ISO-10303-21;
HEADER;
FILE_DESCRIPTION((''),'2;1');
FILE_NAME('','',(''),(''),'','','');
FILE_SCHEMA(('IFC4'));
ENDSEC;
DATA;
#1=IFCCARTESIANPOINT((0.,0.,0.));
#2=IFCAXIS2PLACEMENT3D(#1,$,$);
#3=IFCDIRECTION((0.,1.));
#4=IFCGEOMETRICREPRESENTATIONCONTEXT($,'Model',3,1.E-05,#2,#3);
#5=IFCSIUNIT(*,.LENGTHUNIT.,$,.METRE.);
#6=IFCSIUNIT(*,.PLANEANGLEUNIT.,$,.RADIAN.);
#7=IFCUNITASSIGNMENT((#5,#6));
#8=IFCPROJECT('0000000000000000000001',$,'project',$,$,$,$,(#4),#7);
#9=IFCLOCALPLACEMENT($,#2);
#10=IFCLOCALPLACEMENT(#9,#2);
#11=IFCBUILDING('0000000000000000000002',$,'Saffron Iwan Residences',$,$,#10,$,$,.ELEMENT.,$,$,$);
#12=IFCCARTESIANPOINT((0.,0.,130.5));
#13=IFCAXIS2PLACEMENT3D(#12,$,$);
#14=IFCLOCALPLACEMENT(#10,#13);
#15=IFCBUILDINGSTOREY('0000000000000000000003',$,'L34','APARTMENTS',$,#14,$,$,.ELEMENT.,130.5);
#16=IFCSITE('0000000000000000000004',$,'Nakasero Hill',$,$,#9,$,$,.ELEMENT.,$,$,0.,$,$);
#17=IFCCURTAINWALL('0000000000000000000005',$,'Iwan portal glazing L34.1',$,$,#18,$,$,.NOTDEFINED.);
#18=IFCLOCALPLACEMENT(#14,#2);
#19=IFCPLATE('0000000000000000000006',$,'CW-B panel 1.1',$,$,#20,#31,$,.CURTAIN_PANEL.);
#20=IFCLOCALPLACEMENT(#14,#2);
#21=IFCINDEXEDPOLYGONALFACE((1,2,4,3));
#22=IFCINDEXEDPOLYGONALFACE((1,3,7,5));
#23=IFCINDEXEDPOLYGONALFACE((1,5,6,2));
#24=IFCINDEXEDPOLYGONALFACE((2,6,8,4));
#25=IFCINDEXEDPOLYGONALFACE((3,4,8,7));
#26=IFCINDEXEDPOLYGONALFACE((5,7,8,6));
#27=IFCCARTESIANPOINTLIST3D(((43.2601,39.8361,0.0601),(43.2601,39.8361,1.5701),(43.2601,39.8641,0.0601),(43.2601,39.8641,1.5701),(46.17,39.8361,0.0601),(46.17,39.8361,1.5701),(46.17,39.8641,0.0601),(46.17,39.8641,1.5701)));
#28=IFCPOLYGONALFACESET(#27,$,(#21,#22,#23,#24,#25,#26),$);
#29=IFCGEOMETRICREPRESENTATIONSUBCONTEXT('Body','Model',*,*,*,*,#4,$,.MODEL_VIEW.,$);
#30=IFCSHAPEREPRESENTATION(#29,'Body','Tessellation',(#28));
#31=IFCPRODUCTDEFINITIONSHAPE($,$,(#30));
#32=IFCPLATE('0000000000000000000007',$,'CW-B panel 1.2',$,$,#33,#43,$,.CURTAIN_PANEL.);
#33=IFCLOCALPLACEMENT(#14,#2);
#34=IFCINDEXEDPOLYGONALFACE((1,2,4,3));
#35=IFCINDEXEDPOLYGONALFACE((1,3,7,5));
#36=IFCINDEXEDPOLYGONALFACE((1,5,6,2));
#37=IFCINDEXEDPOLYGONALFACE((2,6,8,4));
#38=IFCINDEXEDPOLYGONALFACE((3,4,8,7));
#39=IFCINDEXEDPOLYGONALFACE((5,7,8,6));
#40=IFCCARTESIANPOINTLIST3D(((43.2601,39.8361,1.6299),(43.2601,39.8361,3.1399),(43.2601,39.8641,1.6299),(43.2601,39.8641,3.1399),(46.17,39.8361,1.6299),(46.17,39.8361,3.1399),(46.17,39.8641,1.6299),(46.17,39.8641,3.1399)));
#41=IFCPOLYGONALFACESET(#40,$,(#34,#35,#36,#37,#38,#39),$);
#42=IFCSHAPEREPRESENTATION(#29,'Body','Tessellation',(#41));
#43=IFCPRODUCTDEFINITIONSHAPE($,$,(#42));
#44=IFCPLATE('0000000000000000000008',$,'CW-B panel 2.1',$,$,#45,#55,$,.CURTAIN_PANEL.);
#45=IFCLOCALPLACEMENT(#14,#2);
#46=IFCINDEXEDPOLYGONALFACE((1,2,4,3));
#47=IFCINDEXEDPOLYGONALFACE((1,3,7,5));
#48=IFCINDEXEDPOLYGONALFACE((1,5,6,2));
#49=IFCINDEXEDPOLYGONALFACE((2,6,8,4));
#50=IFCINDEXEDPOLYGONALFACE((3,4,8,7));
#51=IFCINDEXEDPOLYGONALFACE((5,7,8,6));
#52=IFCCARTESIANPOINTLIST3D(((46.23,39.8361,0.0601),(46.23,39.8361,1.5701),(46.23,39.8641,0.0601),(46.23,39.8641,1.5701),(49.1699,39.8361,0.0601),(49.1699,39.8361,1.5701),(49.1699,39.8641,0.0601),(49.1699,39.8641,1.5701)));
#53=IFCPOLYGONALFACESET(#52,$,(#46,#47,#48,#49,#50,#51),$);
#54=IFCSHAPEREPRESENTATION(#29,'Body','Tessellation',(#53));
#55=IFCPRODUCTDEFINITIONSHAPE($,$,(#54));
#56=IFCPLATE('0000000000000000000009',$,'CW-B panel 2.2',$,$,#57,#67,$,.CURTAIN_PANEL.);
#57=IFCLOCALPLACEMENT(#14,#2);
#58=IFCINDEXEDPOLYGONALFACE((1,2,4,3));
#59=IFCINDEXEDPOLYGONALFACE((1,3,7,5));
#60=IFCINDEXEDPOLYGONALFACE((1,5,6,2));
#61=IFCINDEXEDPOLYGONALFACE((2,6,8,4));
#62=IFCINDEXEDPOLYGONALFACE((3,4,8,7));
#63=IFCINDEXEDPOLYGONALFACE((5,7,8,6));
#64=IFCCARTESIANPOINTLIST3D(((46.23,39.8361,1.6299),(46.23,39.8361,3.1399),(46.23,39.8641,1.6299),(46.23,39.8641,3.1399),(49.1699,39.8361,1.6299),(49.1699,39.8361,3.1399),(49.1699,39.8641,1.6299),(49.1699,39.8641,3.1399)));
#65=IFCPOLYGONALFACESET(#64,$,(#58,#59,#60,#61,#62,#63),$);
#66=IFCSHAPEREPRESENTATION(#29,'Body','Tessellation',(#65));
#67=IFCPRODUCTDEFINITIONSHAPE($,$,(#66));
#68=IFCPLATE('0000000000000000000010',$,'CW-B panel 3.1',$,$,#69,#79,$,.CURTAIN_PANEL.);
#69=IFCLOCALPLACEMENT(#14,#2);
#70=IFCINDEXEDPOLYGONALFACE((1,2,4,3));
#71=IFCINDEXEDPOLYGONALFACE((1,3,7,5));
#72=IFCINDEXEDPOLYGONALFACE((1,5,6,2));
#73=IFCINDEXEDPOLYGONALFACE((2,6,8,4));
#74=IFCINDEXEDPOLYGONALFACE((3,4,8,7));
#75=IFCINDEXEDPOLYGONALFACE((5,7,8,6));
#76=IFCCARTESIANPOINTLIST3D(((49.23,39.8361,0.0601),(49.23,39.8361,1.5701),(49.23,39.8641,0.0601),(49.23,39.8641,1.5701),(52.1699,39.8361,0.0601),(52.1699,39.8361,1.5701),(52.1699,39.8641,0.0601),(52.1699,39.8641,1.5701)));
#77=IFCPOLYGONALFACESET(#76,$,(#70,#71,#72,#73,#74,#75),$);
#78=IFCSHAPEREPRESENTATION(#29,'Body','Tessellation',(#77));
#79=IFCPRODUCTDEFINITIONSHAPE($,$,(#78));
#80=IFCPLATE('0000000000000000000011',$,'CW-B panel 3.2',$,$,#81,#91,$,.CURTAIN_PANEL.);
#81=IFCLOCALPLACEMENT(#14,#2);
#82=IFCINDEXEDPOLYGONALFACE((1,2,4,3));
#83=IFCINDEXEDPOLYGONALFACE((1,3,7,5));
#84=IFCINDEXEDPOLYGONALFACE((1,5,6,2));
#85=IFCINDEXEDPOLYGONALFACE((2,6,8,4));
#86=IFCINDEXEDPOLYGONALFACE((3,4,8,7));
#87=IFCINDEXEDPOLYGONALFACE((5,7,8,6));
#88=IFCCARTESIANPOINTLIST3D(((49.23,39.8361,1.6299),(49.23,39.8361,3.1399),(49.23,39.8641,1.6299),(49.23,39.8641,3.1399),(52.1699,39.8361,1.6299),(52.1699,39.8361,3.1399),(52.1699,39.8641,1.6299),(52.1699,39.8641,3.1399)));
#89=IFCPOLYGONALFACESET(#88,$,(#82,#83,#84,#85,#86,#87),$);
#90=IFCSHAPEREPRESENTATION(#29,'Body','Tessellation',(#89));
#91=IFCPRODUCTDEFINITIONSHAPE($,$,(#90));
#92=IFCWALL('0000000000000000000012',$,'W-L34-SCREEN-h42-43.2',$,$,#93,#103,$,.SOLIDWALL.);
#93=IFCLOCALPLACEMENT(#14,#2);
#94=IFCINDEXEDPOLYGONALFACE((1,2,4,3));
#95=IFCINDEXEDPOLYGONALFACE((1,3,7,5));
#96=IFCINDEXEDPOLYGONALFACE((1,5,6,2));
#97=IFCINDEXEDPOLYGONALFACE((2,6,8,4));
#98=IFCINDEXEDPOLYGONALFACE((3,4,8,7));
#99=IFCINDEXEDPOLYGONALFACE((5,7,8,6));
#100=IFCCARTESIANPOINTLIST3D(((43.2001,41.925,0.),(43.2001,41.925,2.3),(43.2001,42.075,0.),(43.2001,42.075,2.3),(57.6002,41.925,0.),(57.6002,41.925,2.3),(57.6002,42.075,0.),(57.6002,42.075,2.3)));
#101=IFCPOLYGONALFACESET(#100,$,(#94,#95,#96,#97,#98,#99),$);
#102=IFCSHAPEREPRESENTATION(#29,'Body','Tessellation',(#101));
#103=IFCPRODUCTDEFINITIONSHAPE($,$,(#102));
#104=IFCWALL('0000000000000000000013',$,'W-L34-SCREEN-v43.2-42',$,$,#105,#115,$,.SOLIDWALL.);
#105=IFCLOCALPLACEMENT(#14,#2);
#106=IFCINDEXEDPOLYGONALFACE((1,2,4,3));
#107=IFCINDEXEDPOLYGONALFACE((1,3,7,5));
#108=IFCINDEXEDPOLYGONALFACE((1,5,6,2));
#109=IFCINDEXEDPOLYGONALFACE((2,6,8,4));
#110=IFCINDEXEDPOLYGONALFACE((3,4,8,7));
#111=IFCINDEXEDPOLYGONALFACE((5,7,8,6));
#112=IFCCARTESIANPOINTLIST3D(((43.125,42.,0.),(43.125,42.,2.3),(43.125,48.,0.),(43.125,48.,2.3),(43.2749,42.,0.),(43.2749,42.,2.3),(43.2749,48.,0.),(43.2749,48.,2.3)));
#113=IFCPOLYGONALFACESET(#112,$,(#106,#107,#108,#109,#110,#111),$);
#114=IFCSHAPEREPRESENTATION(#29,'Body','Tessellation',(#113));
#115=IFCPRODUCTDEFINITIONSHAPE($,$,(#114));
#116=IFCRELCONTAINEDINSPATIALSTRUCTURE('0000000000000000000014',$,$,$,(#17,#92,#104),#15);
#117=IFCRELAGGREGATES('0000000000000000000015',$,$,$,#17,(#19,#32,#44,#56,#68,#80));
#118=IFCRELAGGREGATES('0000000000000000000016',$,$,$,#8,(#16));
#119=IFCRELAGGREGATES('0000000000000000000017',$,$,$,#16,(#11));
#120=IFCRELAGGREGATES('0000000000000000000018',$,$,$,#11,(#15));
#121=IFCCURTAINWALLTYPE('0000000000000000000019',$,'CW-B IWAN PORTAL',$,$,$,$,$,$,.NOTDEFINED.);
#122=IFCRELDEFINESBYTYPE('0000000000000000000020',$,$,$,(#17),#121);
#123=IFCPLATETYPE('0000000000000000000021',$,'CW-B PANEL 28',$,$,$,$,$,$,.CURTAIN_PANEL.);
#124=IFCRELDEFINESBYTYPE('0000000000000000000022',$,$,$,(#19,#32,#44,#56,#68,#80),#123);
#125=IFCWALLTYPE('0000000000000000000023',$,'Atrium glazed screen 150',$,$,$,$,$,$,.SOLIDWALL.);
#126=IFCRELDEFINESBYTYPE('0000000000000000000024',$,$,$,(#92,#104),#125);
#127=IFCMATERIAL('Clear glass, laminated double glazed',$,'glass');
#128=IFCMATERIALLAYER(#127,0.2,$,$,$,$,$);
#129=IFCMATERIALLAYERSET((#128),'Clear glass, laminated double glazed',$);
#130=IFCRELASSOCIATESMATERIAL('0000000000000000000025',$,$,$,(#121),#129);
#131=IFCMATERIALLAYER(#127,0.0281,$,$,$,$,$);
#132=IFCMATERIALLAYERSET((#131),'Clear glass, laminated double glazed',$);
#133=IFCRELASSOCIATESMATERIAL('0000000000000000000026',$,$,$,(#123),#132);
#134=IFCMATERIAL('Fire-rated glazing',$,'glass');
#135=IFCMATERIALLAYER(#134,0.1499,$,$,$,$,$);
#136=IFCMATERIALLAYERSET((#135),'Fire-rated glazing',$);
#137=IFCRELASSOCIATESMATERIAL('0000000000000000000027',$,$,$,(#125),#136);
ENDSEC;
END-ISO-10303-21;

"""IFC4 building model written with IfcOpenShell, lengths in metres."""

from ifc_helpers import new_model, si_unit, direction, frame, frame_2d, origin, origin_2d, place, context, subcontext, project, spatial, rectangle, extrude, source, transform, mapped, material, layer, layer_set, type_object, element, aggregate, save


model = new_model("IFC4")

# Units and contexts
model_context = context("Model", 3, precision=1e-05, world=origin(), true_north=direction((0.0, 1.0)))
body_context = subcontext(model_context, "Body", "Model", "MODEL_VIEW")
ifc_project = project(units=[si_unit("LENGTHUNIT", "METRE"), si_unit("PLANEANGLEUNIT", "RADIAN")], contexts=[model_context])

# Site, building, storey
site_placement = place(None, origin())
site = spatial("IfcSite", under=ifc_project, at=site_placement, Name="Nakasero Hill", CompositionType="ELEMENT", RefElevation=0.0)
building_placement = place(site_placement, origin())
building = spatial("IfcBuilding", under=site, at=building_placement, Name="Saffron Iwan Residences", CompositionType="ELEMENT")
storey_placement = place(building_placement, frame((0.0, 0.0, 130.5)))
storey = spatial("IfcBuildingStorey", under=building, at=storey_placement, Name="L34", Description="APARTMENTS", CompositionType="ELEMENT", Elevation=130.5)

# Curtain wall, plates
ifc_material_1 = material(Name="Clear glass, laminated double glazed", Category="glass")
ifc_layer_1 = layer(ifc_material_1, 0.2)
ifc_layer_set_1 = layer_set([ifc_layer_1], Name="Clear glass, laminated double glazed")
curtain_wall_type = type_object("IfcCurtainWallType", Name="CW-B IWAN PORTAL", PredefinedType="NOTDEFINED", material=ifc_layer_set_1)
curtain_wall_placement = place(storey_placement, origin())
curtain_wall = element("IfcCurtainWall", 1, at=curtain_wall_placement, inside=storey, type_object=curtain_wall_type, Name="Iwan portal glazing L34.1", PredefinedType="NOTDEFINED")
ifc_layer_2 = layer(ifc_material_1, 0.0281)
ifc_layer_set_2 = layer_set([ifc_layer_2], Name="Clear glass, laminated double glazed")
plate_type = type_object("IfcPlateType", Name="CW-B PANEL 28", PredefinedType="CURTAIN_PANEL", material=ifc_layer_set_2)
shared_shape_1 = source(origin(), body_context, "Body", "SweptSolid", [
    extrude(rectangle(XDim=2.9099, YDim=0.0281, at=origin_2d()), origin(), (0.0, 0.0, 1.0), 1.51),
])
plate_1_placement = place(storey_placement, frame((44.7151, 39.8501, 0.0601), z_axis=(0.0, 0.0, 1.0), x_axis=(1.0, 0.0, 0.0)))
plate_1 = element("IfcPlate", 2, at=plate_1_placement, type_object=plate_type, Name="CW-B panel 1.1", PredefinedType="CURTAIN_PANEL", context=body_context, shape_type="MappedRepresentation", body=[
    mapped(shared_shape_1, transform((0.0, 0.0, 0.0))),
])
plate_2_placement = place(storey_placement, frame((44.7151, 39.8501, 1.6299), z_axis=(0.0, 0.0, 1.0), x_axis=(1.0, 0.0, 0.0)))
plate_2 = element("IfcPlate", 3, at=plate_2_placement, type_object=plate_type, Name="CW-B panel 1.2", PredefinedType="CURTAIN_PANEL", context=body_context, shape_type="MappedRepresentation", body=[
    mapped(shared_shape_1, transform((0.0, 0.0, 0.0))),
])
shared_shape_2 = source(origin(), body_context, "Body", "SweptSolid", [
    extrude(rectangle(XDim=2.9399, YDim=0.0281, at=origin_2d()), origin(), (0.0, 0.0, 1.0), 1.51),
])
plate_3_placement = place(storey_placement, frame((47.7, 39.8501, 0.0601), z_axis=(0.0, 0.0, 1.0), x_axis=(1.0, 0.0, 0.0)))
plate_3 = element("IfcPlate", 4, at=plate_3_placement, type_object=plate_type, Name="CW-B panel 2.1", PredefinedType="CURTAIN_PANEL", context=body_context, shape_type="MappedRepresentation", body=[
    mapped(shared_shape_2, transform((0.0, 0.0, 0.0))),
])
plate_4_placement = place(storey_placement, frame((47.7, 39.8501, 1.6299), z_axis=(0.0, 0.0, 1.0), x_axis=(1.0, 0.0, 0.0)))
plate_4 = element("IfcPlate", 5, at=plate_4_placement, type_object=plate_type, Name="CW-B panel 2.2", PredefinedType="CURTAIN_PANEL", context=body_context, shape_type="MappedRepresentation", body=[
    mapped(shared_shape_2, transform((0.0, 0.0, 0.0))),
])
plate_5_placement = place(storey_placement, frame((50.7, 39.8501, 0.0601), z_axis=(0.0, 0.0, 1.0), x_axis=(1.0, 0.0, 0.0)))
plate_5 = element("IfcPlate", 6, at=plate_5_placement, type_object=plate_type, Name="CW-B panel 3.1", PredefinedType="CURTAIN_PANEL", context=body_context, shape_type="MappedRepresentation", body=[
    mapped(shared_shape_2, transform((0.0, 0.0, 0.0))),
])
plate_6_placement = place(storey_placement, frame((50.7, 39.8501, 1.6299), z_axis=(0.0, 0.0, 1.0), x_axis=(1.0, 0.0, 0.0)))
plate_6 = element("IfcPlate", 7, at=plate_6_placement, type_object=plate_type, Name="CW-B panel 3.2", PredefinedType="CURTAIN_PANEL", context=body_context, shape_type="MappedRepresentation", body=[
    mapped(shared_shape_2, transform((0.0, 0.0, 0.0))),
])
aggregate(curtain_wall, [plate_1, plate_2, plate_3, plate_4, plate_5, plate_6])

# Walls
ifc_material_2 = material(Name="Fire-rated glazing", Category="glass")
ifc_layer_3 = layer(ifc_material_2, 0.1499)
ifc_layer_set_3 = layer_set([ifc_layer_3], Name="Fire-rated glazing")
wall_type = type_object("IfcWallType", Name="Atrium glazed screen 150", PredefinedType="SOLIDWALL", material=ifc_layer_set_3)
wall_1_placement = place(storey_placement, frame((43.2, 42.0, 0.0), z_axis=(0.0, 0.0, 1.0), x_axis=(1.0, 0.0, 0.0)))
element("IfcWall", 8, at=wall_1_placement, inside=storey, type_object=wall_type, Name="W-L34-SCREEN-h42-43.2", PredefinedType="SOLIDWALL", context=body_context, shape_type="SweptSolid", body=[
    extrude(rectangle(XDim=14.4001, YDim=0.1499, at=frame_2d((7.2002, 0.0))), origin(), (0.0, 0.0, 1.0), 2.3),
])
wall_2_placement = place(storey_placement, frame((43.2, 42.0, 0.0), z_axis=(0.0, 0.0, 1.0), x_axis=(0.0, 1.0, 0.0)))
element("IfcWall", 9, at=wall_2_placement, inside=storey, type_object=wall_type, Name="W-L34-SCREEN-v43.2-42", PredefinedType="SOLIDWALL", context=body_context, shape_type="SweptSolid", body=[
    extrude(rectangle(XDim=6.0, YDim=0.1499, at=frame_2d((3.0, 0.0))), origin(), (0.0, 0.0, 1.0), 2.3),
])

save(model, "model.ifc")
